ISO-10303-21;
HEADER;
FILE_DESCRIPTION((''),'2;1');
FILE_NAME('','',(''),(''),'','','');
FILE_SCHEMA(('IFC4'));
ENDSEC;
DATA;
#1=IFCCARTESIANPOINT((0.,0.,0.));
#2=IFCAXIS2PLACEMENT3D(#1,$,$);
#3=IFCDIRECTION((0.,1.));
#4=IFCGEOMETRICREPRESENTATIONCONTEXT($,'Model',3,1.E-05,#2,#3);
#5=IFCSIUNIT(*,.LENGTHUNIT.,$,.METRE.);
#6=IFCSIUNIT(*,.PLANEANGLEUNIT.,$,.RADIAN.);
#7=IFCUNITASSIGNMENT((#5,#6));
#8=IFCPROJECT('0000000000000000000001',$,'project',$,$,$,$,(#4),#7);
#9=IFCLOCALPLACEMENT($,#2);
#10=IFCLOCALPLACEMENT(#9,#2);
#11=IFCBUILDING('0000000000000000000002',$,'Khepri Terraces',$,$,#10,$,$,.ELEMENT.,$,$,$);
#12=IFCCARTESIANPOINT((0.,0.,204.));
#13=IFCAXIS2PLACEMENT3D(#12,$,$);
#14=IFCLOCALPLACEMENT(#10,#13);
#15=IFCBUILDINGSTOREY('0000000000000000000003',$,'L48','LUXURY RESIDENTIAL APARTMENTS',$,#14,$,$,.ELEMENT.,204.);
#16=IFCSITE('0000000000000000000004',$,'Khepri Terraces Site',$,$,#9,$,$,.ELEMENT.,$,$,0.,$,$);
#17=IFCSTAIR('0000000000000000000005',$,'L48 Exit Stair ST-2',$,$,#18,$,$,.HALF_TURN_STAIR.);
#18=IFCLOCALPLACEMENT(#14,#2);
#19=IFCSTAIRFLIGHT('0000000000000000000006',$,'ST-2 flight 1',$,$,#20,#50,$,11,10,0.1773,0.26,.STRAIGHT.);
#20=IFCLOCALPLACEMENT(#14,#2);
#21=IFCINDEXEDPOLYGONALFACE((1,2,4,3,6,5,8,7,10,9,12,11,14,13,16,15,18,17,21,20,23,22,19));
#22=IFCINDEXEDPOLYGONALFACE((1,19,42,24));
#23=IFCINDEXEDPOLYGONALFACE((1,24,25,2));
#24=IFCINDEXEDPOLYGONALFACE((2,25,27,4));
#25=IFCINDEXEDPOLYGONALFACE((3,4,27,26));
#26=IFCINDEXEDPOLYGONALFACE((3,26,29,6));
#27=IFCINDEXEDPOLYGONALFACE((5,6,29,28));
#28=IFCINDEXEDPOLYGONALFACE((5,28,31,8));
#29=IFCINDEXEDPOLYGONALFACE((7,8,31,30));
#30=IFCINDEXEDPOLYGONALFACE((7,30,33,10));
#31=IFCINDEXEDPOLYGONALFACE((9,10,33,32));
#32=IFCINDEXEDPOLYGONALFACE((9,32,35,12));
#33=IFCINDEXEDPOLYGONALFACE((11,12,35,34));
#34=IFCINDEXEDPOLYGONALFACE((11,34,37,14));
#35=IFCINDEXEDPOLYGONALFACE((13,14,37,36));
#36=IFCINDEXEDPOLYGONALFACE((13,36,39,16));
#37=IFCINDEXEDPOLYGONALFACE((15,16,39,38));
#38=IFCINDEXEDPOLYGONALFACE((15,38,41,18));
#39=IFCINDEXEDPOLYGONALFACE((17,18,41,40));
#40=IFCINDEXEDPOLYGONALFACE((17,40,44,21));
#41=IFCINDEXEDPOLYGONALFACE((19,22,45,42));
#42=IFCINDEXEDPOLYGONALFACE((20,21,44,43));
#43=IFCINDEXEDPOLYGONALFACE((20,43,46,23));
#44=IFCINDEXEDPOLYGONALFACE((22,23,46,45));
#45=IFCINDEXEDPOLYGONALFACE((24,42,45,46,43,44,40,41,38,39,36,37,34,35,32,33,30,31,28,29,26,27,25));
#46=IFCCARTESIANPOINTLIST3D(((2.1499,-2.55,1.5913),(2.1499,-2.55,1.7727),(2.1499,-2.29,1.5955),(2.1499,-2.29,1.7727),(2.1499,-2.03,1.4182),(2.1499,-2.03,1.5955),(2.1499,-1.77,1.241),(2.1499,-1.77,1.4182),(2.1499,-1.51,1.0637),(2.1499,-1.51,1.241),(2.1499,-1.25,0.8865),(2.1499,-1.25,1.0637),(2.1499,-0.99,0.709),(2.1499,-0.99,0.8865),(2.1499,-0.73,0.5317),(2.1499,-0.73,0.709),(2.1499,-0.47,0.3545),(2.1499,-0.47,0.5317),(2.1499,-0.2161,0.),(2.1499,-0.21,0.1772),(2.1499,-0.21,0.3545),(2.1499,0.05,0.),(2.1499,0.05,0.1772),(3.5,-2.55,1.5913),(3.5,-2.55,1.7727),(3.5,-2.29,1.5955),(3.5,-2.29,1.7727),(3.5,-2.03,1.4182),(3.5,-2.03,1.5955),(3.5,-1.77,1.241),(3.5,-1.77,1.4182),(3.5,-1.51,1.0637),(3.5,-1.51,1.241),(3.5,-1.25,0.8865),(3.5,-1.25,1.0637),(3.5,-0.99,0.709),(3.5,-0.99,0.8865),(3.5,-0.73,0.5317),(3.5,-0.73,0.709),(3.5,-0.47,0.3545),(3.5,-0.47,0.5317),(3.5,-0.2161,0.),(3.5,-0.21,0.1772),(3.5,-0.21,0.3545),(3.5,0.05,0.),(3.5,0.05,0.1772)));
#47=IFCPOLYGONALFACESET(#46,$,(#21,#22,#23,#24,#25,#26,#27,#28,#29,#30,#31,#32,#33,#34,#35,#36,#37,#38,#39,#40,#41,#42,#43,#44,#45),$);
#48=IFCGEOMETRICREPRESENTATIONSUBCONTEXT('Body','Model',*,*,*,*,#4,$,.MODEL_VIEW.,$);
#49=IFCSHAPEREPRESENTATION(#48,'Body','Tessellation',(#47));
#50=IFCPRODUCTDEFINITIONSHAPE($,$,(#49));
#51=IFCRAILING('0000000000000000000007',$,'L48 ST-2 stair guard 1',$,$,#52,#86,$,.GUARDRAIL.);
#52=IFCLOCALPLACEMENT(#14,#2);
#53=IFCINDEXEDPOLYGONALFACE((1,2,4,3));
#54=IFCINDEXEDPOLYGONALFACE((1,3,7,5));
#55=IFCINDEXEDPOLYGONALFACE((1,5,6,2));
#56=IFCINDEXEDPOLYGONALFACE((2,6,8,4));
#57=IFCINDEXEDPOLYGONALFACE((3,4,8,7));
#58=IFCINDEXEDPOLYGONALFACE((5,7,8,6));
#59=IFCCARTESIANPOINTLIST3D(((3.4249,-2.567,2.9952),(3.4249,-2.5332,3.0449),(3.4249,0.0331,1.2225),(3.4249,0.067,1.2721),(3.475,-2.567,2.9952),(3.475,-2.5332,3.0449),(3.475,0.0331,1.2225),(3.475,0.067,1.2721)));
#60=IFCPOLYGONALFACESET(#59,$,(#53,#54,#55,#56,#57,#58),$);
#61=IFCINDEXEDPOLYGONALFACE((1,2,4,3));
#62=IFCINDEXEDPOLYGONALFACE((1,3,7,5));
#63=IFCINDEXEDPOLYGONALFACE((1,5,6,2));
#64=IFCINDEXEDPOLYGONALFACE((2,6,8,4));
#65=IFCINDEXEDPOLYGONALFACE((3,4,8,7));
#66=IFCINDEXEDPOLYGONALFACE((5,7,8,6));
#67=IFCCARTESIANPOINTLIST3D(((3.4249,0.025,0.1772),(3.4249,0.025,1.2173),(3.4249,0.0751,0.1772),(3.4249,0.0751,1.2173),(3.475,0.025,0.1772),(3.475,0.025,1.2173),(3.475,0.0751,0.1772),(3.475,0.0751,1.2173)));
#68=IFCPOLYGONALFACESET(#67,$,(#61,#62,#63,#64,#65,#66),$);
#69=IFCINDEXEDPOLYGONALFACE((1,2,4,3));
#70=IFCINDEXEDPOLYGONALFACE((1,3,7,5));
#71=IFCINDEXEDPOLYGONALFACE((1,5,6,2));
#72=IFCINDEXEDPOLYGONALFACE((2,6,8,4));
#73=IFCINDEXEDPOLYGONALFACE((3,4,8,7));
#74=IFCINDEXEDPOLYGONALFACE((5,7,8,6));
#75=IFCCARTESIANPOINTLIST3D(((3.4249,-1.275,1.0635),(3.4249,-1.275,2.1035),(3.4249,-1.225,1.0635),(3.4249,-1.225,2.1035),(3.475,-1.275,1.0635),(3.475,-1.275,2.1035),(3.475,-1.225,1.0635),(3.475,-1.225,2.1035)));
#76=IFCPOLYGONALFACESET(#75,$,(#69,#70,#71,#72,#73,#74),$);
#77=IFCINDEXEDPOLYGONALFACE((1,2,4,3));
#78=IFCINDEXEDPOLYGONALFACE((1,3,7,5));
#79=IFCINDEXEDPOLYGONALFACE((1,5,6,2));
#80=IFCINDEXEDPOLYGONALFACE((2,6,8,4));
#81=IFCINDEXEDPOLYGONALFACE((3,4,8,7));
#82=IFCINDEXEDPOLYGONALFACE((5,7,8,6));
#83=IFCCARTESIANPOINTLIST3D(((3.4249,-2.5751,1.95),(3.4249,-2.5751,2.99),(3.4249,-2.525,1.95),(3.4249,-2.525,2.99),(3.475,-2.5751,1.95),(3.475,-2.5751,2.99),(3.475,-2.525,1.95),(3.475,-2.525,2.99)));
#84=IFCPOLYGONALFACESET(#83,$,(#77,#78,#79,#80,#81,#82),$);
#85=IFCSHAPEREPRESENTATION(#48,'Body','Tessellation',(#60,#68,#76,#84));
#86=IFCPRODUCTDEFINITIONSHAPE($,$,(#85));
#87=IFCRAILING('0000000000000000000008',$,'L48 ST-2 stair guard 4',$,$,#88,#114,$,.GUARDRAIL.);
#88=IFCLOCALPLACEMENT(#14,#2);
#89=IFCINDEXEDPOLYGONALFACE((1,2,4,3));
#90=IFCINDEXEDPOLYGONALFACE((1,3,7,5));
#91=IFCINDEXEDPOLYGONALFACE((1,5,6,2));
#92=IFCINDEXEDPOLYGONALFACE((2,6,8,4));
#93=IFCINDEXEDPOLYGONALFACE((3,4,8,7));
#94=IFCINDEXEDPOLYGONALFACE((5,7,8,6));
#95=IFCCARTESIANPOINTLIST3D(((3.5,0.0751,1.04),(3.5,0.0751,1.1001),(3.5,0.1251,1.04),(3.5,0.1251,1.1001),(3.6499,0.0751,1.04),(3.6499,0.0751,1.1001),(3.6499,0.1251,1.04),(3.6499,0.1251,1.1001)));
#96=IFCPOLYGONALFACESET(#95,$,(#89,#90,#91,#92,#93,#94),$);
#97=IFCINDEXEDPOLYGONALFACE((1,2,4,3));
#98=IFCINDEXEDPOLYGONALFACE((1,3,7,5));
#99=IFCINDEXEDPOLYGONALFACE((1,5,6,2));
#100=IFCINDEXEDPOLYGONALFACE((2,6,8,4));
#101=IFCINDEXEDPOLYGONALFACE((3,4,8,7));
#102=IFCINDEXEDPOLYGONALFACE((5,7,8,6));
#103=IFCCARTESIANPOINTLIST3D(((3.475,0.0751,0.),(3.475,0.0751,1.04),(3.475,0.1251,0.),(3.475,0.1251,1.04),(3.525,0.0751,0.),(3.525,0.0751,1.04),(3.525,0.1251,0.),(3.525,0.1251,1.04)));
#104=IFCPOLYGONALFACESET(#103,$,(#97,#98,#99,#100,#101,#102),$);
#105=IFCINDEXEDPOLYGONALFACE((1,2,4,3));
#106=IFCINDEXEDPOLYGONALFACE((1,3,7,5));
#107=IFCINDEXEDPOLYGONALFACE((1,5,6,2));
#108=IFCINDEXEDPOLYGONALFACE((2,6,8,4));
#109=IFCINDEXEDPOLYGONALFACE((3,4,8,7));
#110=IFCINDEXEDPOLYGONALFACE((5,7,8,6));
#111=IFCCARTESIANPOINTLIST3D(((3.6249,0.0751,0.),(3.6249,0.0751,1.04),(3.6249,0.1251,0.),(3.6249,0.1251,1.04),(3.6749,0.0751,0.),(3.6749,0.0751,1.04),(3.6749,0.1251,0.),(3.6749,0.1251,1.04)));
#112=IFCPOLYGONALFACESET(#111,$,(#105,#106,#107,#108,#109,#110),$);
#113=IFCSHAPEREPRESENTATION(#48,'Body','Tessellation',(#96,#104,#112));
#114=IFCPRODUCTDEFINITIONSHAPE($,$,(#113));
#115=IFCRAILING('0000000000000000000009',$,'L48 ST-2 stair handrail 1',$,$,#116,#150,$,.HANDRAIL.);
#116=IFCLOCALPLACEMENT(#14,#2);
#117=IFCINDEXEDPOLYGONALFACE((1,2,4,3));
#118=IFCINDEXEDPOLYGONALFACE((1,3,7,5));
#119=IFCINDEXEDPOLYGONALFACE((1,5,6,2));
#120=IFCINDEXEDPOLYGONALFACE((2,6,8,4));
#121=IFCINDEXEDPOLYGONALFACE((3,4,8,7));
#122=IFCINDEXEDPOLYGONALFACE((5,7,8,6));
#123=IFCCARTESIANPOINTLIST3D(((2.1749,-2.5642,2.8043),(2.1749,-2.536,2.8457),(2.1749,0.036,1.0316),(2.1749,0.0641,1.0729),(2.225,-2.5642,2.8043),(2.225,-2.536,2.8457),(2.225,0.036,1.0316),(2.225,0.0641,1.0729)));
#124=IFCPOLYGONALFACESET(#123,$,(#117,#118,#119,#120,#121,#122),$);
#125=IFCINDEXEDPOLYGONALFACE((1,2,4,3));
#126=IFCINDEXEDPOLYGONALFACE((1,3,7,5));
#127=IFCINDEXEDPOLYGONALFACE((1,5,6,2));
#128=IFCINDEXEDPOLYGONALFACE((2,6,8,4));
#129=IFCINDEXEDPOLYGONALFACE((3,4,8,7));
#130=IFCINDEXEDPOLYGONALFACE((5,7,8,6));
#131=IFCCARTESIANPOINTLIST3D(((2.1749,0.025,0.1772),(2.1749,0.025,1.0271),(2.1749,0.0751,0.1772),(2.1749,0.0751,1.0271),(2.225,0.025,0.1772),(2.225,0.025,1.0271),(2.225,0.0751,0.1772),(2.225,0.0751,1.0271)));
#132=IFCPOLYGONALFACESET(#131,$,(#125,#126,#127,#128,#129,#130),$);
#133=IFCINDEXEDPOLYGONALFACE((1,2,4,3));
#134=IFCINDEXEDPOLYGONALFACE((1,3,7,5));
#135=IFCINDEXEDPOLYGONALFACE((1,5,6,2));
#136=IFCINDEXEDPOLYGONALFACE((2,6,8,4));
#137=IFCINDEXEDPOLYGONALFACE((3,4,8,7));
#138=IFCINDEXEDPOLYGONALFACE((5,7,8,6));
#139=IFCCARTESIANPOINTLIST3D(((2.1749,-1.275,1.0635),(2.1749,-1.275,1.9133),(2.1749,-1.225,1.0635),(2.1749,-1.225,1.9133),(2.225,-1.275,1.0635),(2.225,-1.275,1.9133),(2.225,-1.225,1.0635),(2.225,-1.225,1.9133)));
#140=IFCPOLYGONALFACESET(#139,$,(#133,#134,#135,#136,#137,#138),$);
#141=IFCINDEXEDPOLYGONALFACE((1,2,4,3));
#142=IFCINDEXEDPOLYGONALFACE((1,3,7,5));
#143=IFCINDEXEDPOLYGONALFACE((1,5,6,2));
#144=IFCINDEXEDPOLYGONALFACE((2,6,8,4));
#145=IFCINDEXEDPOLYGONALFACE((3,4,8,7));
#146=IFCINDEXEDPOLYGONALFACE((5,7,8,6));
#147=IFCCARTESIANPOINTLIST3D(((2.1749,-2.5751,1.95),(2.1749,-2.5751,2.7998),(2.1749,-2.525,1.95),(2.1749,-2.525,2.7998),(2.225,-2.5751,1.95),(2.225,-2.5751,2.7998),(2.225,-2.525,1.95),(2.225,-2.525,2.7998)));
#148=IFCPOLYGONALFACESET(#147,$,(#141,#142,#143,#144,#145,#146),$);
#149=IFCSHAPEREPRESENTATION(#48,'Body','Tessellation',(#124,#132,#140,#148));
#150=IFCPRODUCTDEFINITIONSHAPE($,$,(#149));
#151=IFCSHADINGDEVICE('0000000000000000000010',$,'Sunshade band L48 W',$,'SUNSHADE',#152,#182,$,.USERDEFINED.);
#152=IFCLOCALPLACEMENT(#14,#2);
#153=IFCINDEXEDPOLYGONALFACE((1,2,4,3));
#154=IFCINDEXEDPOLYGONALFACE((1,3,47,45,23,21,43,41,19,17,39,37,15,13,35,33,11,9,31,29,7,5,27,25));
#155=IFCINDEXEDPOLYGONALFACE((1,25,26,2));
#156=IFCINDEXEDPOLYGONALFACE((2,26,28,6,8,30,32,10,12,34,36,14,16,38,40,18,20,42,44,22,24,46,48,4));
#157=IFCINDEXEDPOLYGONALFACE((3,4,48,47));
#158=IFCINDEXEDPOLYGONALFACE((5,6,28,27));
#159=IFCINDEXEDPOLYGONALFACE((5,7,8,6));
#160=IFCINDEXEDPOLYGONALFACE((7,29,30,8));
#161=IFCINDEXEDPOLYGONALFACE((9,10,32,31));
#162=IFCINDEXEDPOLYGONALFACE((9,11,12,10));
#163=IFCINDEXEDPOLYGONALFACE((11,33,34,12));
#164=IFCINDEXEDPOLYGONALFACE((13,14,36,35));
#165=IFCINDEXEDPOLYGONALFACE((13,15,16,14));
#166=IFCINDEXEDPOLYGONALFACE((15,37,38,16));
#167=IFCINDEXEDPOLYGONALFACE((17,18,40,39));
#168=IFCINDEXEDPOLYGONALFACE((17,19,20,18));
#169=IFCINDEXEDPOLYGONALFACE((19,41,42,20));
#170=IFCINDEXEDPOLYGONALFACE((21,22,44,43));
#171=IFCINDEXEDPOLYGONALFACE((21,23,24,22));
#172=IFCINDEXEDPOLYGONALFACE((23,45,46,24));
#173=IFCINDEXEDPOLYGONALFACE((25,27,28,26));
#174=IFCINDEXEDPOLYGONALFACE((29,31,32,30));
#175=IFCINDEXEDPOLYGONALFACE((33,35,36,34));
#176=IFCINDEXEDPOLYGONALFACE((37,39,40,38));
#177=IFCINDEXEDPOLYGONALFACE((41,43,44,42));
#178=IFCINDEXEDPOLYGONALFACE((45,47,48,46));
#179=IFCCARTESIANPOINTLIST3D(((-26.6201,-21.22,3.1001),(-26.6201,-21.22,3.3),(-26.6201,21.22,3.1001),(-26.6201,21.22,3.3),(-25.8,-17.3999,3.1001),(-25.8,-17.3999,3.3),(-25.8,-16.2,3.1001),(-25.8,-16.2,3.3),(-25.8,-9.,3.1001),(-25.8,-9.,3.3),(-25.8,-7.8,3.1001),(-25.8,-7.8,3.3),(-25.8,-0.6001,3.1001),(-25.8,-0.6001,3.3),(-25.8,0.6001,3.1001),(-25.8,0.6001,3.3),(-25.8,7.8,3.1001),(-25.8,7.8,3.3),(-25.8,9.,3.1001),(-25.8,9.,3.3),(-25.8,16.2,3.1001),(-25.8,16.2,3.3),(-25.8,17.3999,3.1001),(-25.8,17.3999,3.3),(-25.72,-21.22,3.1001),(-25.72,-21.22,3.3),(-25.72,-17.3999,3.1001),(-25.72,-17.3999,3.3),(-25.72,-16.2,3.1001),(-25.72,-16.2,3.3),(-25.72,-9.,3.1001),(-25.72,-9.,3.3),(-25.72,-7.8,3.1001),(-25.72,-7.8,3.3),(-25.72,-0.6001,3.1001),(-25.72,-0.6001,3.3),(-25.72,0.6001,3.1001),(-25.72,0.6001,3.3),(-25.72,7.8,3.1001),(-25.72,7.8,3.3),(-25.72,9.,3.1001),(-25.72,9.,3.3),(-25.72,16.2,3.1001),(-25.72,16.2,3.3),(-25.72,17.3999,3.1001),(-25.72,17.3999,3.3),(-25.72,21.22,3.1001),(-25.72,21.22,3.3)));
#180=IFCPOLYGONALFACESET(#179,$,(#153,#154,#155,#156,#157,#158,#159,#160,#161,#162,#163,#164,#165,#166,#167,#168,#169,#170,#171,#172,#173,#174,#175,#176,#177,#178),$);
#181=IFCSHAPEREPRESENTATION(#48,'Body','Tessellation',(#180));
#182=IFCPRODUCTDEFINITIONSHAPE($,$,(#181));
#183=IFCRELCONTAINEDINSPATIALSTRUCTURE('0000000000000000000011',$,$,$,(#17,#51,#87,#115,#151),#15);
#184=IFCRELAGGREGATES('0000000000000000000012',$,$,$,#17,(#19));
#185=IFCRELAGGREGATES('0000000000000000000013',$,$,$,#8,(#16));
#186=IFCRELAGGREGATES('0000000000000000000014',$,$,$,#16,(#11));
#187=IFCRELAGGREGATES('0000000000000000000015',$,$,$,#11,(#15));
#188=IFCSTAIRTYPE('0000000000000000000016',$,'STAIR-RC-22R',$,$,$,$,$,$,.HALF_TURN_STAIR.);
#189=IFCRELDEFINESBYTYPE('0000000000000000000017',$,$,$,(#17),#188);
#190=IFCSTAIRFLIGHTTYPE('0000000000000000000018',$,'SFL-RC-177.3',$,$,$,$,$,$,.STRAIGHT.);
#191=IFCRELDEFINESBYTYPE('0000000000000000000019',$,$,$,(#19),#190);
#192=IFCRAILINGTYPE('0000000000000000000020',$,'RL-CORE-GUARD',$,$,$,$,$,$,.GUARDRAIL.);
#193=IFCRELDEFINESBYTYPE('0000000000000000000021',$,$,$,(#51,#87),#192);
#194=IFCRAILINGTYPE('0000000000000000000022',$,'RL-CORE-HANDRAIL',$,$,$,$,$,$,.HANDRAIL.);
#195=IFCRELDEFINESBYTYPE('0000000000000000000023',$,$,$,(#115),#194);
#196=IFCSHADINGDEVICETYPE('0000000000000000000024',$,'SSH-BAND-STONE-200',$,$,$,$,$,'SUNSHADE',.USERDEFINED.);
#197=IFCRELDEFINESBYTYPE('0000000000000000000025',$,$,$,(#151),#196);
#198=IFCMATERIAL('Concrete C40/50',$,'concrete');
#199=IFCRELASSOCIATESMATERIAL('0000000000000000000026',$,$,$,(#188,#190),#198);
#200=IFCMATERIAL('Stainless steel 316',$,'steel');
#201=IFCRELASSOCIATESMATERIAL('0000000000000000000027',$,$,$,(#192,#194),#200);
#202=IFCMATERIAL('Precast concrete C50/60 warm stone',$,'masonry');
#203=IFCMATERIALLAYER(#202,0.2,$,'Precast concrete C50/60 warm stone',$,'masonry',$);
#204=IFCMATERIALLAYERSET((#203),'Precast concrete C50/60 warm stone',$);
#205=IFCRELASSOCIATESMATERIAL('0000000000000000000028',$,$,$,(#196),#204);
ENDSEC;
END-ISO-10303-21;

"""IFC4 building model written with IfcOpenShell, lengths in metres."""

from ifc_helpers import new_model, si_unit, direction, frame, origin, origin_2d, place, context, subcontext, project, spatial, polyline, rectangle, outline, extrude, material, layer, layer_set, type_object, element, aggregate, save


model = new_model("IFC4")

# Units and contexts
model_context = context("Model", 3, precision=1e-05, world=origin(), true_north=direction((0.0, 1.0)))
body_context = subcontext(model_context, "Body", "Model", "MODEL_VIEW")
ifc_project = project(units=[si_unit("LENGTHUNIT", "METRE"), si_unit("PLANEANGLEUNIT", "RADIAN")], contexts=[model_context])

# Site, building, storey
site_placement = place(None, origin())
site = spatial("IfcSite", under=ifc_project, at=site_placement, Name="Khepri Terraces Site", CompositionType="ELEMENT", RefElevation=0.0)
building_placement = place(site_placement, origin())
building = spatial("IfcBuilding", under=site, at=building_placement, Name="Khepri Terraces", CompositionType="ELEMENT")
storey_placement = place(building_placement, frame((0.0, 0.0, 204.0)))
storey = spatial("IfcBuildingStorey", under=building, at=storey_placement, Name="L48", Description="LUXURY RESIDENTIAL APARTMENTS", CompositionType="ELEMENT", Elevation=204.0)

# Stair
ifc_material_1 = material(Name="Concrete C40/50", Category="concrete")
stair_type = type_object("IfcStairType", Name="STAIR-RC-22R", PredefinedType="HALF_TURN_STAIR", material=ifc_material_1)
stair_1_placement = place(storey_placement, origin())
stair_1 = element("IfcStair", 1, at=stair_1_placement, inside=storey, type_object=stair_type, Name="L48 Exit Stair ST-2", PredefinedType="HALF_TURN_STAIR")

# Stair flight
stair_flight_type = type_object("IfcStairFlightType", Name="SFL-RC-177.3", PredefinedType="STRAIGHT", material=ifc_material_1)
stair_flight_placement = place(storey_placement, frame((2.825, 0.05, 0.0), z_axis=(0.0, 0.0, 1.0), x_axis=(0.0, -1.0, 0.0)))
stair_flight = element("IfcStairFlight", 2, at=stair_flight_placement, type_object=stair_flight_type, Name="ST-2 flight 1", NumberOfRisers=11, NumberOfTreads=10, PredefinedType="STRAIGHT", RiserHeight=0.1773, TreadLength=0.26, context=body_context, shape_type="SweptSolid", body=[
    extrude(outline(polyline([(0.0, 0.0), (0.0, 0.1772), (0.26, 0.1772), (0.26, 0.3545), (0.52, 0.3545), (0.52, 0.5317), (0.78, 0.5317), (0.78, 0.709), (1.04, 0.709), (1.04, 0.8865), (1.3, 0.8865), (1.3, 1.0637), (1.5601, 1.0637), (1.5601, 1.241), (1.8201, 1.241), (1.8201, 1.4182), (2.0801, 1.4182), (2.0801, 1.5955), (2.3401, 1.5955), (2.3401, 1.7727), (2.6001, 1.7727), (2.6001, 1.95), (2.6001, 1.5913), (0.2661, 0.0), (0.0, 0.0)])), frame((0.0, 0.675, 0.0), z_axis=(0.0, -1.0, 0.0), x_axis=(1.0, 0.0, 0.0)), (0.0, 0.0, 1.0), 1.3501),
])
aggregate(stair_1, [stair_flight])

# Railings
ifc_material_2 = material(Name="Stainless steel 316", Category="steel")
railing_type_1 = type_object("IfcRailingType", Name="RL-CORE-GUARD", PredefinedType="GUARDRAIL", material=ifc_material_2)
railing_1_placement = place(storey_placement, frame((3.45, 0.05, 0.1772)))
element("IfcRailing", 3, at=railing_1_placement, inside=storey, type_object=railing_type_1, Name="L48 ST-2 stair guard 1", PredefinedType="GUARDRAIL", context=body_context, shape_type="SweptSolid", body=[
    extrude(rectangle(XDim=0.05, YDim=0.0601, at=origin_2d()), frame((0.0, 0.0, 1.0701), z_axis=(0.0, -0.82624, 0.563318), x_axis=(1.0, 0.0, 0.0)), (0.0, 0.0, 1.0), 3.147),
    extrude(rectangle(XDim=0.05, YDim=0.05, at=origin_2d()), origin(), (0.0, 0.0, 1.0), 1.04),
    extrude(rectangle(XDim=0.05, YDim=0.05, at=origin_2d()), frame((0.0, -1.3, 0.8862)), (0.0, 0.0, 1.0), 1.04),
    extrude(rectangle(XDim=0.05, YDim=0.05, at=origin_2d()), frame((0.0, -2.6001, 1.7727)), (0.0, 0.0, 1.0), 1.04),
])
railing_2_placement = place(storey_placement, frame((3.5, 0.1001, 0.0)))
element("IfcRailing", 4, at=railing_2_placement, inside=storey, type_object=railing_type_1, Name="L48 ST-2 stair guard 4", PredefinedType="GUARDRAIL", context=body_context, shape_type="SweptSolid", body=[
    extrude(rectangle(XDim=0.05, YDim=0.0601, at=origin_2d()), frame((0.0, 0.0, 1.0701), z_axis=(1.0, 0.0, 0.0), x_axis=(0.0, 1.0, 0.0)), (0.0, 0.0, 1.0), 0.1499),
    extrude(rectangle(XDim=0.05, YDim=0.05, at=origin_2d()), origin(), (0.0, 0.0, 1.0), 1.04),
    extrude(rectangle(XDim=0.05, YDim=0.05, at=origin_2d()), frame((0.1499, 0.0, 0.0)), (0.0, 0.0, 1.0), 1.04),
])
railing_type_2 = type_object("IfcRailingType", Name="RL-CORE-HANDRAIL", PredefinedType="HANDRAIL", material=ifc_material_2)
railing_3_placement = place(storey_placement, frame((2.2, 0.05, 0.1772)))
element("IfcRailing", 5, at=railing_3_placement, inside=storey, type_object=railing_type_2, Name="L48 ST-2 stair handrail 1", PredefinedType="HANDRAIL", context=body_context, shape_type="SweptSolid", body=[
    extrude(rectangle(XDim=0.05, YDim=0.05, at=origin_2d()), frame((0.0, 0.0, 0.875), z_axis=(0.0, -0.82624, 0.563318), x_axis=(1.0, 0.0, 0.0)), (0.0, 0.0, 1.0), 3.147),
    extrude(rectangle(XDim=0.05, YDim=0.05, at=origin_2d()), origin(), (0.0, 0.0, 1.0), 0.8499),
    extrude(rectangle(XDim=0.05, YDim=0.05, at=origin_2d()), frame((0.0, -1.3, 0.8862)), (0.0, 0.0, 1.0), 0.8499),
    extrude(rectangle(XDim=0.05, YDim=0.05, at=origin_2d()), frame((0.0, -2.6001, 1.7727)), (0.0, 0.0, 1.0), 0.8499),
])

# Shading device
ifc_material_3 = material(Name="Precast concrete C50/60 warm stone", Category="masonry")
ifc_layer_1 = layer(ifc_material_3, 0.2, Name="Precast concrete C50/60 warm stone", Category="masonry")
ifc_layer_set_1 = layer_set([ifc_layer_1], Name="Precast concrete C50/60 warm stone")
shading_device_type_1 = type_object("IfcShadingDeviceType", Name="SSH-BAND-STONE-200", ElementType="SUNSHADE", PredefinedType="USERDEFINED", material=ifc_layer_set_1)
shading_device_1_placement = place(storey_placement, frame((0.0, 0.0, 3.1001)))
element("IfcShadingDevice", 6, at=shading_device_1_placement, inside=storey, type_object=shading_device_type_1, Name="Sunshade band L48 W", ObjectType="SUNSHADE", PredefinedType="USERDEFINED", context=body_context, shape_type="SweptSolid", body=[
    extrude(outline(polyline([(-25.72, 17.3999), (-25.72, 21.22), (-26.6201, 21.22), (-26.6201, -21.22), (-25.72, -21.22), (-25.72, -17.3999), (-25.8, -17.3999), (-25.8, -16.2), (-25.72, -16.2), (-25.72, -9.0), (-25.8, -9.0), (-25.8, -7.8), (-25.72, -7.8), (-25.72, -0.6001), (-25.8, -0.6001), (-25.8, 0.6001), (-25.72, 0.6001), (-25.72, 7.8), (-25.8, 7.8), (-25.8, 9.0), (-25.72, 9.0), (-25.72, 16.2), (-25.8, 16.2), (-25.8, 17.3999), (-25.72, 17.3999)])), origin(), (0.0, 0.0, 1.0), 0.2),
])

save(model, "model.ifc")
